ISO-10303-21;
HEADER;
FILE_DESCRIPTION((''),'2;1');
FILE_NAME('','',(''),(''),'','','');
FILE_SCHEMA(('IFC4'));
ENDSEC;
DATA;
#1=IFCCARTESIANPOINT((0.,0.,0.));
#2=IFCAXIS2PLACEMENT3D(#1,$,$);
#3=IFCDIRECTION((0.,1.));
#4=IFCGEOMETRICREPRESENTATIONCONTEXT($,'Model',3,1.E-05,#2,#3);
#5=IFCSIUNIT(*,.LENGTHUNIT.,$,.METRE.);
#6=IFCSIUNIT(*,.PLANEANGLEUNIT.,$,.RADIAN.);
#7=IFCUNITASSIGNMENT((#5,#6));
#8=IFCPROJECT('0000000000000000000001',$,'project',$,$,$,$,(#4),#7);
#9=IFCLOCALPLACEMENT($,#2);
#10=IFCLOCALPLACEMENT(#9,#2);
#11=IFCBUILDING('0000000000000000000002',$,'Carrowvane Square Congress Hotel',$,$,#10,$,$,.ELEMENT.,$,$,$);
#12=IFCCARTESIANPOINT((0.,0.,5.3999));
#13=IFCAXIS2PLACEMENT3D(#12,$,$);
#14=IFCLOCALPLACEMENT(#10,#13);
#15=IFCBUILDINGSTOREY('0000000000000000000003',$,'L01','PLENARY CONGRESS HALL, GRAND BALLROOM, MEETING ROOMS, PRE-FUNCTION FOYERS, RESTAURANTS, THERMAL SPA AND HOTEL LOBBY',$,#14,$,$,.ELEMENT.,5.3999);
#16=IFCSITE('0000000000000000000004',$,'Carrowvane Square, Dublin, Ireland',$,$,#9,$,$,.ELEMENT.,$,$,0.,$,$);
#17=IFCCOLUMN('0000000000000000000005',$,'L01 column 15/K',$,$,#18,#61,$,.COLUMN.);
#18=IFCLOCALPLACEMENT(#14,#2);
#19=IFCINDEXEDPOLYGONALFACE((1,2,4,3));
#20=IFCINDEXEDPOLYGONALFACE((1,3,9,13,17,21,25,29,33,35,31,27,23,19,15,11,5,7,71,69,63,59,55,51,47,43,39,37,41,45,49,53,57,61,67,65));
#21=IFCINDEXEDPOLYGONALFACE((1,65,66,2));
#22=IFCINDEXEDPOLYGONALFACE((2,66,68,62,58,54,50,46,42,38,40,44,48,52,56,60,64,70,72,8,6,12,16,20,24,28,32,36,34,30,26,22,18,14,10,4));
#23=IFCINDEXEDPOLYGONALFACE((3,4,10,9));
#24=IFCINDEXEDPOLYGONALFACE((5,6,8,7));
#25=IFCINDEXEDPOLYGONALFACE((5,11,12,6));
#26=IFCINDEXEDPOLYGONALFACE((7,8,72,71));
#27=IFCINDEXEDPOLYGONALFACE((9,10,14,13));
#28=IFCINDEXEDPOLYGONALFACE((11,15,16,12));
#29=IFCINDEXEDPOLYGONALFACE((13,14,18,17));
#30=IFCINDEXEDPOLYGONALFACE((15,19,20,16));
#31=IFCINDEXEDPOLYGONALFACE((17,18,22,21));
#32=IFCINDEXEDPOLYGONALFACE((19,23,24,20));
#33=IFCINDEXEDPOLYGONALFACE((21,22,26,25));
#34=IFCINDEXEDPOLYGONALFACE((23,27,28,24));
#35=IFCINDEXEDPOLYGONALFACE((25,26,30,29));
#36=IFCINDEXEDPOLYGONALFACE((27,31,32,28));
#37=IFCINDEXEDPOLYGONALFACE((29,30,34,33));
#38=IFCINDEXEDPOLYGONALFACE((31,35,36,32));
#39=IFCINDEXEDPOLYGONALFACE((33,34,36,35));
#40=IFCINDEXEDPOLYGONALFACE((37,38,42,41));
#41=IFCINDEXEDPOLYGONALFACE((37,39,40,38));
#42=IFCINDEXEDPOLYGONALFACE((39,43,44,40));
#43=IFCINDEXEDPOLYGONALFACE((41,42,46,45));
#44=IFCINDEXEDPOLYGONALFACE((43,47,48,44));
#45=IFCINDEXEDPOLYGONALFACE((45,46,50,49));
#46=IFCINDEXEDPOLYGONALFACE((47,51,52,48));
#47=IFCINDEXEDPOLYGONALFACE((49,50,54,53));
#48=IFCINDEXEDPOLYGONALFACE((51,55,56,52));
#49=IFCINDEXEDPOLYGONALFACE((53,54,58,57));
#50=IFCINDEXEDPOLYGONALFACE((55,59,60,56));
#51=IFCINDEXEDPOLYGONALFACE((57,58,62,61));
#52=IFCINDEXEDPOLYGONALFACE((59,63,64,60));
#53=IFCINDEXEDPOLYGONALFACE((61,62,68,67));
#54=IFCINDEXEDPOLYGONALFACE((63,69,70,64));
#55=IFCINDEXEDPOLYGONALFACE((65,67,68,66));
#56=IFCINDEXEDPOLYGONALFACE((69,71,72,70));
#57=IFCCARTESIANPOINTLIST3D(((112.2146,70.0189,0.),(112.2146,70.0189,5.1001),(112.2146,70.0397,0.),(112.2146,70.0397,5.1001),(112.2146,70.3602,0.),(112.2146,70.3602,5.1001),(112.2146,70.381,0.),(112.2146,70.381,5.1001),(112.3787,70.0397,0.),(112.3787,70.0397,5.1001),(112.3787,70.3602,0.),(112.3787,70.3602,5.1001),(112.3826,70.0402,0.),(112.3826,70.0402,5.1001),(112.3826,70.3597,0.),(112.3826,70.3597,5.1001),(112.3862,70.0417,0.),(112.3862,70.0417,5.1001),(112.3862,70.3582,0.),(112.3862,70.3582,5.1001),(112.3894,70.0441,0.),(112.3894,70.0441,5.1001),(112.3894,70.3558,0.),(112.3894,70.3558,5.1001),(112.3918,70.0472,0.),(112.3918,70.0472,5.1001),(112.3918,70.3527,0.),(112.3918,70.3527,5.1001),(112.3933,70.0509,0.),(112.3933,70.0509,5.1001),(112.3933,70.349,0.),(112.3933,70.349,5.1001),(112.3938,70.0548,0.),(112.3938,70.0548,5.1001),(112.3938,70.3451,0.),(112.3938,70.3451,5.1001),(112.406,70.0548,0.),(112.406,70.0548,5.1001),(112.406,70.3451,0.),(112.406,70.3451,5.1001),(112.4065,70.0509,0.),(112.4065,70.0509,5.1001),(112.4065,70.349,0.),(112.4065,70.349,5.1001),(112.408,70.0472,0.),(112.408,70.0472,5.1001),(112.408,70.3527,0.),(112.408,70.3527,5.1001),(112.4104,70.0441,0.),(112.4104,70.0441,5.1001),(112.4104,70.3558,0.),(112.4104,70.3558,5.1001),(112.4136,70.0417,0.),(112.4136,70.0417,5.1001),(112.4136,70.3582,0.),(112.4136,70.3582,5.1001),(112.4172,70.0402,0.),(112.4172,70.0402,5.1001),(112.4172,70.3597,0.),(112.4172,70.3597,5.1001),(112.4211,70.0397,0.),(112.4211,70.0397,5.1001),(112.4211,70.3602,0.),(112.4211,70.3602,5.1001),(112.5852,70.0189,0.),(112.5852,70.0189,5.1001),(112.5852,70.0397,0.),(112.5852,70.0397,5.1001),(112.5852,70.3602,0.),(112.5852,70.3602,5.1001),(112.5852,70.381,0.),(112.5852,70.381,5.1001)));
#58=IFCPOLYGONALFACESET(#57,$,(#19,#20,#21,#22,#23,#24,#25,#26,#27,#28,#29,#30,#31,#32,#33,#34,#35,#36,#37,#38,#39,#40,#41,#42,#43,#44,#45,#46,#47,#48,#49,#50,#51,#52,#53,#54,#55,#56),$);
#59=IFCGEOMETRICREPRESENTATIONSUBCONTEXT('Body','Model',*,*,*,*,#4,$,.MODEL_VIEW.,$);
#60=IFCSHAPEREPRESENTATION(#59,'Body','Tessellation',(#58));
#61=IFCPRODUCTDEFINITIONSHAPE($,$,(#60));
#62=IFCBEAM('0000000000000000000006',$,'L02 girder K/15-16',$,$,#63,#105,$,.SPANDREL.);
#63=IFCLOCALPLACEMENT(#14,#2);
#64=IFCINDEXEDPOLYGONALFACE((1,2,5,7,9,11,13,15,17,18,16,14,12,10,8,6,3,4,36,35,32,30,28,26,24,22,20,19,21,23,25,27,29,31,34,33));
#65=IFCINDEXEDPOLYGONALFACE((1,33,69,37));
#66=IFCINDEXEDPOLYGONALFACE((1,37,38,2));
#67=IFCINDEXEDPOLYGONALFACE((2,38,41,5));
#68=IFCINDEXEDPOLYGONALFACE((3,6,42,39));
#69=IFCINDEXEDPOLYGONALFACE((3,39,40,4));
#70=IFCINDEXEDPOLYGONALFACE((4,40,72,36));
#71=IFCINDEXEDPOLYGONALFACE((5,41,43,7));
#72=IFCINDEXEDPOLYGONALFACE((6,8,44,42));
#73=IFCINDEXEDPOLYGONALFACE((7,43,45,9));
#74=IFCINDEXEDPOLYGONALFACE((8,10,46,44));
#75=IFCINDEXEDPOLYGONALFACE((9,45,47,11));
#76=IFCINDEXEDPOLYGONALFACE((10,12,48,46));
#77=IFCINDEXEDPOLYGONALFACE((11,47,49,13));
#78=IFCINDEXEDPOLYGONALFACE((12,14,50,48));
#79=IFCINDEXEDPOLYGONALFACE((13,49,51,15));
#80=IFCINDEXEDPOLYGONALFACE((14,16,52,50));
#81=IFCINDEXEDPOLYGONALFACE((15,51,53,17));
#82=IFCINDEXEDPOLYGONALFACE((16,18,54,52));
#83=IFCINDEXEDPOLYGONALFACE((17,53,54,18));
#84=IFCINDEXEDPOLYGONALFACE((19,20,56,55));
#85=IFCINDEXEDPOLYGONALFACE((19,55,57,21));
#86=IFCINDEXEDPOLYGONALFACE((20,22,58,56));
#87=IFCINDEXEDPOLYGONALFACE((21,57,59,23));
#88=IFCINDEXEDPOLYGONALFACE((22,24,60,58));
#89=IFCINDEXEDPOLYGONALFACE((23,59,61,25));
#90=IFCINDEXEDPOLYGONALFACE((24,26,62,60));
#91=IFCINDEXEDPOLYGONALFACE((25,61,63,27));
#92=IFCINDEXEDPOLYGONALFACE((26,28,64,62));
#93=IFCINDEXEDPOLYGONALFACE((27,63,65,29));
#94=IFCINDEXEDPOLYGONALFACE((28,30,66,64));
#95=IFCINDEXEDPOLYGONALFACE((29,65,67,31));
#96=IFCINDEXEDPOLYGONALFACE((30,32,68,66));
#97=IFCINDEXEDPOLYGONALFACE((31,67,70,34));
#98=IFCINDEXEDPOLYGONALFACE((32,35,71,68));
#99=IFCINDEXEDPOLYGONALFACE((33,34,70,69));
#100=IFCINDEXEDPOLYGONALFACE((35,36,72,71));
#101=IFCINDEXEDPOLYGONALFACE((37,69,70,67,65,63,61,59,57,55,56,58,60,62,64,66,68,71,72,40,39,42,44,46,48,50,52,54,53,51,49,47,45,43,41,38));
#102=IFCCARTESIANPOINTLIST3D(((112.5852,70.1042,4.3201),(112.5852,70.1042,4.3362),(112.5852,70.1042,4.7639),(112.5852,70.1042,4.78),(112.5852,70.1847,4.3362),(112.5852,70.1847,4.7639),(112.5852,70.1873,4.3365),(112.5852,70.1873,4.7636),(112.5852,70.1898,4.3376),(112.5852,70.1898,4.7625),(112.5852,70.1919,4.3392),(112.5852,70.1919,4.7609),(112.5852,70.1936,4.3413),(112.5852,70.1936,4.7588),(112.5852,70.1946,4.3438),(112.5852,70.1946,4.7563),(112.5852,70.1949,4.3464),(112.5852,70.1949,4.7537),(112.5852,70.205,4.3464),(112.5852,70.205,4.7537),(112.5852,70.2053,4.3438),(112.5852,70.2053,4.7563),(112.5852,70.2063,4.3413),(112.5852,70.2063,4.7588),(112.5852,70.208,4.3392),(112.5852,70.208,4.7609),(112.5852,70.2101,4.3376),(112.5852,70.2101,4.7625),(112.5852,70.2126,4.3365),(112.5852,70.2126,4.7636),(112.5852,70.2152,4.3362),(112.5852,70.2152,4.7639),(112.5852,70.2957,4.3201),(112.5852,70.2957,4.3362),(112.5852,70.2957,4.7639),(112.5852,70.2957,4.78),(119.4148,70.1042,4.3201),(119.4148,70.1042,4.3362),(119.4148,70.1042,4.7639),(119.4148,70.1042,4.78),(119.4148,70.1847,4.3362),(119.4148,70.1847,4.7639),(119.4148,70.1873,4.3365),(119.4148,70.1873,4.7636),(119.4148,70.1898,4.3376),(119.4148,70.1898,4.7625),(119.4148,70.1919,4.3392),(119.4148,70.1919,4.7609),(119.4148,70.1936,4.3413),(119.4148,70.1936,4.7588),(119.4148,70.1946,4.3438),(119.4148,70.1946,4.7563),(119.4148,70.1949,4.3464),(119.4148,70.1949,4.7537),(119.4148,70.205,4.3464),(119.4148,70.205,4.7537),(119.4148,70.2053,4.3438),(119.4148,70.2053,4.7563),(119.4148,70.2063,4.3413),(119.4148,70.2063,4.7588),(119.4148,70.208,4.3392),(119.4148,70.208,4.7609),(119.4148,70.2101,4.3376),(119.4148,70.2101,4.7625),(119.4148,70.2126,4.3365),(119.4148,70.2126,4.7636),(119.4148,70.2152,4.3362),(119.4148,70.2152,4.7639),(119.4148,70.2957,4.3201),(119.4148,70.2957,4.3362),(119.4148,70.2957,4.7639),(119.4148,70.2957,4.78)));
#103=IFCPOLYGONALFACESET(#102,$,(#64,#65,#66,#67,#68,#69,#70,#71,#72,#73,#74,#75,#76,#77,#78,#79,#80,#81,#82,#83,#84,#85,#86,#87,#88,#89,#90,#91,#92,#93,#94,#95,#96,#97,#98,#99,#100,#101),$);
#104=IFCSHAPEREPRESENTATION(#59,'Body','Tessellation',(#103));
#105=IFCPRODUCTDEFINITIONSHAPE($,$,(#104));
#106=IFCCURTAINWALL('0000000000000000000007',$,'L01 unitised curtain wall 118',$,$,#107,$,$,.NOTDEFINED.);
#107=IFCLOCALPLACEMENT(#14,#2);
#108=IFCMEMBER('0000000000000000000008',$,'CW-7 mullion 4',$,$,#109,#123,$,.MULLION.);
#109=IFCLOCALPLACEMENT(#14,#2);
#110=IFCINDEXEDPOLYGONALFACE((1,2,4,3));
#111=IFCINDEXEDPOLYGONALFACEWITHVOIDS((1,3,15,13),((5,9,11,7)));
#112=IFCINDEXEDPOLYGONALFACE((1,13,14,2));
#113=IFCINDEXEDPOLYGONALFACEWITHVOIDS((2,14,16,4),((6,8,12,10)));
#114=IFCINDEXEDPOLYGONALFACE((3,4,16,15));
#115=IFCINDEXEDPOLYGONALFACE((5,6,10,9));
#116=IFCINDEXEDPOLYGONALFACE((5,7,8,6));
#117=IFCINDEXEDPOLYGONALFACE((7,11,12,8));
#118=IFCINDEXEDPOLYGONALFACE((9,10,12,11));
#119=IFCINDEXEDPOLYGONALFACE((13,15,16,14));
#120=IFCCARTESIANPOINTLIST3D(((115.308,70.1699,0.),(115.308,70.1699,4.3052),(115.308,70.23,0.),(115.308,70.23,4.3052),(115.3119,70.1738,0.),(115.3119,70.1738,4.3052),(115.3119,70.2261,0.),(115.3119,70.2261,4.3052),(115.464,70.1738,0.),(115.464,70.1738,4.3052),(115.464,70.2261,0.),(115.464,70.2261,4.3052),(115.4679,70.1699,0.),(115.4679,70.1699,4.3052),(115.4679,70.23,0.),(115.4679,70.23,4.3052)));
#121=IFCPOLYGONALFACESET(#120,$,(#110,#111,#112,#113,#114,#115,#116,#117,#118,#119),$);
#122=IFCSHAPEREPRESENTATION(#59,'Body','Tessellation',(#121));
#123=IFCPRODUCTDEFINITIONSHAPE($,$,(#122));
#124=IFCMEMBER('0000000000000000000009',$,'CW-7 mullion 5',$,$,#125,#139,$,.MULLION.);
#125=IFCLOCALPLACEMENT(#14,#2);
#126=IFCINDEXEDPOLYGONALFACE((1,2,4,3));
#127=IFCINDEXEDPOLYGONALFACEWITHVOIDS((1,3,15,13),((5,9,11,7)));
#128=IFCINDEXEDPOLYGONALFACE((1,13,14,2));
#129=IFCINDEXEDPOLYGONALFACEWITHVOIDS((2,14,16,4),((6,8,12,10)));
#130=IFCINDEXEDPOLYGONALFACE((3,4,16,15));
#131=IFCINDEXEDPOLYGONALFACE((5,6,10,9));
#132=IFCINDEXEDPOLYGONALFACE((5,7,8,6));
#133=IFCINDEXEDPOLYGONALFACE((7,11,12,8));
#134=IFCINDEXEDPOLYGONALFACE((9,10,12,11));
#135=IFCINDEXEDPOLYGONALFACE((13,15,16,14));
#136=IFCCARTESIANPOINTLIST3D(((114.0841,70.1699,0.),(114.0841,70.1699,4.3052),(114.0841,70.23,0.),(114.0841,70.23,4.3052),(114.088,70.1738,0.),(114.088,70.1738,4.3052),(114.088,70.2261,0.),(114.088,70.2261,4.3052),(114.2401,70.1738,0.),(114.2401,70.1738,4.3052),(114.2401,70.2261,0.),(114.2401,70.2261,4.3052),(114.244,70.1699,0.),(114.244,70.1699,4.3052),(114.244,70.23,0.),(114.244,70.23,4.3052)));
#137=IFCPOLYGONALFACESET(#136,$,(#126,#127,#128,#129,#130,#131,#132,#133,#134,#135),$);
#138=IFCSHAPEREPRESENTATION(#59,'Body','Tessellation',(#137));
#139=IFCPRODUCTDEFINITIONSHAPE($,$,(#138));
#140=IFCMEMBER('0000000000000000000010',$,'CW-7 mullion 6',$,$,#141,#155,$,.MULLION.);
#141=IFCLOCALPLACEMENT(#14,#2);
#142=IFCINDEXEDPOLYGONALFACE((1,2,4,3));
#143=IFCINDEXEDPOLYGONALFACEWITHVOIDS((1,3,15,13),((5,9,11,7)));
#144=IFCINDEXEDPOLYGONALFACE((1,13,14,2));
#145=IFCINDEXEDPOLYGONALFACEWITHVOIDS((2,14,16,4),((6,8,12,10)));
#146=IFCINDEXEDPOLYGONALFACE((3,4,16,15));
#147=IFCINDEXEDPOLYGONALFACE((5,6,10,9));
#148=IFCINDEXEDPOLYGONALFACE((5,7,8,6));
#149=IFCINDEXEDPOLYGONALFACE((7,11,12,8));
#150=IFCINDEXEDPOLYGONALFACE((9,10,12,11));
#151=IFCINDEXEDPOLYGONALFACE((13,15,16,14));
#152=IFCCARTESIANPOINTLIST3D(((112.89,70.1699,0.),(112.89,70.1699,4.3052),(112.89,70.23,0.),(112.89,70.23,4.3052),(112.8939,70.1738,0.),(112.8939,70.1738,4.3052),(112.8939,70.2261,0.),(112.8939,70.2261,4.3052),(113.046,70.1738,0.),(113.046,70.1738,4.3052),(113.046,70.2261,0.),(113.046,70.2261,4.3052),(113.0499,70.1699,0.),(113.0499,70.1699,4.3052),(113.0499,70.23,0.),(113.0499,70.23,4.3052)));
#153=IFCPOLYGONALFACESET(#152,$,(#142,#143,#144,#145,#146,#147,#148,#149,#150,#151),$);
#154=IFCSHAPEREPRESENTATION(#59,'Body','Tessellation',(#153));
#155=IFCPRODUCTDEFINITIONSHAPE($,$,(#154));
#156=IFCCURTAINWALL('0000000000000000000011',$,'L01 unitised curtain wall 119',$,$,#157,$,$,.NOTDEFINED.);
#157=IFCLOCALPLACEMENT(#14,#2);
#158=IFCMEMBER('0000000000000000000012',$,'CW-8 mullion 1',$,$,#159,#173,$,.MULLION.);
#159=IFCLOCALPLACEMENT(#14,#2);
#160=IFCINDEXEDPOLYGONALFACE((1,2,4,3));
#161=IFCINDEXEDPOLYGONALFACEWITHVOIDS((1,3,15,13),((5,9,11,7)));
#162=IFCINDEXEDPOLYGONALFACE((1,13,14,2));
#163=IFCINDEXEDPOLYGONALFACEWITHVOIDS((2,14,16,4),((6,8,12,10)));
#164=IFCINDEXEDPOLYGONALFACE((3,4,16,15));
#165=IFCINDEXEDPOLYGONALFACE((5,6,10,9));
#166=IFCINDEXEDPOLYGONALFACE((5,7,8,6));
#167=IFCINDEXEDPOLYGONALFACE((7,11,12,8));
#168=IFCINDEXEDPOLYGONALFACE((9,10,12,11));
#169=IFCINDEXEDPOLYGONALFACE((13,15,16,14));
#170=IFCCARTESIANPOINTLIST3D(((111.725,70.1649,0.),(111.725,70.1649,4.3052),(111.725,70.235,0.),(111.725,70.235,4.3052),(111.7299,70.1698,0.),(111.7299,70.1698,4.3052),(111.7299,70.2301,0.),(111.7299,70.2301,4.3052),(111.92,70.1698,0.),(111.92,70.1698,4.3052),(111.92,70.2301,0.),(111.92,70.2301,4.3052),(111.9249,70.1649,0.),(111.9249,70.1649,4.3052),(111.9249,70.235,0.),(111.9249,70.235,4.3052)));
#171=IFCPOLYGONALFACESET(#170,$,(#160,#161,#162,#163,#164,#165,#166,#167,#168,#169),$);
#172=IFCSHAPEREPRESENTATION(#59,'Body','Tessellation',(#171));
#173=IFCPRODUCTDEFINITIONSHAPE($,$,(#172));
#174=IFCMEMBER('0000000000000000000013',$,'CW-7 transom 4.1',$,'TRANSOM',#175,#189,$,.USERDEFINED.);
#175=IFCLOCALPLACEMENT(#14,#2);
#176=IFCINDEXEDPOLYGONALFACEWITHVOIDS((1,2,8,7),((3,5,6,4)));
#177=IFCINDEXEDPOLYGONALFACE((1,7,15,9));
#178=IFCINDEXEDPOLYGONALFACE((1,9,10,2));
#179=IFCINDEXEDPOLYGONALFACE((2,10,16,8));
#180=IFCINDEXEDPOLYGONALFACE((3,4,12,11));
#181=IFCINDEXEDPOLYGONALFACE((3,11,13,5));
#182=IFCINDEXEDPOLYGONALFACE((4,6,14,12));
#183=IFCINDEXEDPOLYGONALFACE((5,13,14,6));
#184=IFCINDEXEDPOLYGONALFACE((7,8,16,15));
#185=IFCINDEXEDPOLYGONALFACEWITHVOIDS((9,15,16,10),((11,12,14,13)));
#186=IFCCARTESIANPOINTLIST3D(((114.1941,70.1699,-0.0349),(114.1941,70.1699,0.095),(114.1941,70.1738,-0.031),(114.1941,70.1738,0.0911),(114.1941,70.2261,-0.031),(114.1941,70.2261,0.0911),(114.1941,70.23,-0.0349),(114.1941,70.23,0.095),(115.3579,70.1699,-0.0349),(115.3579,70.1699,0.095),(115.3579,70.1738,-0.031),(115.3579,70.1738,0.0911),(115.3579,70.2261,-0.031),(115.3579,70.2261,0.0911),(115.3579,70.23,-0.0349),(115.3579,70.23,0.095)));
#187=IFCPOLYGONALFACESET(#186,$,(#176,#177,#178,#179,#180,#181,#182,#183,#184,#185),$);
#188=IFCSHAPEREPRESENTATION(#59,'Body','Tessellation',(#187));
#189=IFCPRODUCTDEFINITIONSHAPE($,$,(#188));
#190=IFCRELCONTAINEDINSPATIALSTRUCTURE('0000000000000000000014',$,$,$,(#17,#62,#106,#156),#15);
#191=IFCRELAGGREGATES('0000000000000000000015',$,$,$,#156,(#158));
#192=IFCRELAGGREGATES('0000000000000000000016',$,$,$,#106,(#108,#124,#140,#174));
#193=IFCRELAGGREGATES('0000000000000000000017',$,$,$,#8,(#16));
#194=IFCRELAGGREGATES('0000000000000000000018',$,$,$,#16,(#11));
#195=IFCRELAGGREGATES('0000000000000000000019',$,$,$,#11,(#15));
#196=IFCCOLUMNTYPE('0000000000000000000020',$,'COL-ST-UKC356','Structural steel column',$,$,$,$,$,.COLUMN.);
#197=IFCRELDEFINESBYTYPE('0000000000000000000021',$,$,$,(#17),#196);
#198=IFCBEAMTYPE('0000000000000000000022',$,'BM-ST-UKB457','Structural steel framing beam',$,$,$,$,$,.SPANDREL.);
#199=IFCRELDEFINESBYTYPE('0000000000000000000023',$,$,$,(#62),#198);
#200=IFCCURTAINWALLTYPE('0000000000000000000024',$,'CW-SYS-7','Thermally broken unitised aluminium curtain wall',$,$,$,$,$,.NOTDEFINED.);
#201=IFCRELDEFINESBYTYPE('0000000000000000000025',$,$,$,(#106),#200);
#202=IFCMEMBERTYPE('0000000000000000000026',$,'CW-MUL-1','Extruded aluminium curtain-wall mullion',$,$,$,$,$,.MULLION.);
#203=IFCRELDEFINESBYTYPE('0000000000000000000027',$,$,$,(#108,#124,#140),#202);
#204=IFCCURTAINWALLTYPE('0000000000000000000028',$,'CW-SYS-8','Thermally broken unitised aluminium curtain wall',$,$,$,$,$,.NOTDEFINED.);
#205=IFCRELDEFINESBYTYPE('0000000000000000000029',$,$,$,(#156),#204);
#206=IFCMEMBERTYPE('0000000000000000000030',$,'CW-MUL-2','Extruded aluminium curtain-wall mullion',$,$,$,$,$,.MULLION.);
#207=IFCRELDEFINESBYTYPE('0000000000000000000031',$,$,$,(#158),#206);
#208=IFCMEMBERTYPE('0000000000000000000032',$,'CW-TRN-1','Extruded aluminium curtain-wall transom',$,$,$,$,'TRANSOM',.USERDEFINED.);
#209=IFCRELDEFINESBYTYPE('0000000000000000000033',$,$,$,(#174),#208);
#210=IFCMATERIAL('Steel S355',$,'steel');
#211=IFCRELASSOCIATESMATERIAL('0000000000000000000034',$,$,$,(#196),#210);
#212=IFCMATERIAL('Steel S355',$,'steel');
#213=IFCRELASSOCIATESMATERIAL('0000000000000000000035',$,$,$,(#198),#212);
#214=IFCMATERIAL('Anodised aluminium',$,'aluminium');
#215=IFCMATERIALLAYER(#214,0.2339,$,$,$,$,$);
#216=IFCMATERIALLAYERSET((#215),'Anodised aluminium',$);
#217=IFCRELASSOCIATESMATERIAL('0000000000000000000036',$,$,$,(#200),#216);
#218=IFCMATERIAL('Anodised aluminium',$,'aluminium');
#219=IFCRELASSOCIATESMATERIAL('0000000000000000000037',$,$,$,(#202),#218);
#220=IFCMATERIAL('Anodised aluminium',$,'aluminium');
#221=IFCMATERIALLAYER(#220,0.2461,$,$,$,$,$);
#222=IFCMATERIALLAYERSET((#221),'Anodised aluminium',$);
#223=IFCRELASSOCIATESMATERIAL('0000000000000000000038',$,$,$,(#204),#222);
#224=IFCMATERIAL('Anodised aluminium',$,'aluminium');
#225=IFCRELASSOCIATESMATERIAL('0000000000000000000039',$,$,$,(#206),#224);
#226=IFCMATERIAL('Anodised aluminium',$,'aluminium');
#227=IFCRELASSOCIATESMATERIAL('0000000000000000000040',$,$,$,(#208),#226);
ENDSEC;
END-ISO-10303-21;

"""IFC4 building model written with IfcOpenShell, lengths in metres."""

from ifc_helpers import new_model, si_unit, direction, frame, origin, origin_2d, place, context, subcontext, project, spatial, hollow_rectangle, i_section, extrude, material, layer, layer_set, material_profile, profile_set, type_object, element, aggregate, save


model = new_model("IFC4")

# Units and contexts
model_context = context("Model", 3, precision=1e-05, world=origin(), true_north=direction((0.0, 1.0)))
body_context = subcontext(model_context, "Body", "Model", "MODEL_VIEW")
ifc_project = project(units=[si_unit("LENGTHUNIT", "METRE"), si_unit("PLANEANGLEUNIT", "RADIAN")], contexts=[model_context])

# Site, building, storey
site_placement = place(None, origin())
site = spatial("IfcSite", under=ifc_project, at=site_placement, Name="Carrowvane Square, Dublin, Ireland", CompositionType="ELEMENT", RefElevation=0.0)
building_placement = place(site_placement, origin())
building = spatial("IfcBuilding", under=site, at=building_placement, Name="Carrowvane Square Congress Hotel", CompositionType="ELEMENT")
storey_placement = place(building_placement, frame((0.0, 0.0, 5.3999)))
storey = spatial("IfcBuildingStorey", under=building, at=storey_placement, Name="L01", Description="PLENARY CONGRESS HALL, GRAND BALLROOM, MEETING ROOMS, PRE-FUNCTION FOYERS, RESTAURANTS, THERMAL SPA AND HOTEL LOBBY", CompositionType="ELEMENT", Elevation=5.3999)

# Column
ifc_material_1 = material(Name="Steel S355", Category="steel")
ifc_material_profile_1 = material_profile(ifc_material_1, i_section(OverallWidth=0.3706, OverallDepth=0.3621, WebThickness=0.0122, FlangeThickness=0.0208, FilletRadius=0.0151, at=origin_2d()), Name="UKC 356x368x153")
ifc_profile_set_1 = profile_set([ifc_material_profile_1], Name="Steel S355")
column_type = type_object("IfcColumnType", Name="COL-ST-UKC356", Description="Structural steel column", PredefinedType="COLUMN", material=ifc_profile_set_1)
column_placement = place(storey_placement, frame((112.3999, 70.2, 0.0), z_axis=(0.0, 0.0, 1.0), x_axis=(1.0, 0.0, 0.0)))
element("IfcColumn", 1, at=column_placement, inside=storey, type_object=column_type, Name="L01 column 15/K", PredefinedType="COLUMN", context=body_context, shape_type="SweptSolid", body=[
    extrude(i_section(OverallWidth=0.3706, OverallDepth=0.3621, WebThickness=0.0122, FlangeThickness=0.0208, FilletRadius=0.0151, at=origin_2d()), origin(), (0.0, 0.0, 1.0), 5.1001),
])

# Beam
ifc_material_2 = material(Name="Steel S355", Category="steel")
ifc_material_profile_2 = material_profile(ifc_material_2, i_section(OverallWidth=0.1914, OverallDepth=0.46, WebThickness=0.01, FlangeThickness=0.0161, FilletRadius=0.0103, at=origin_2d()), Name="UKB 457x191x82")
ifc_profile_set_2 = profile_set([ifc_material_profile_2], Name="Steel S355")
beam_type = type_object("IfcBeamType", Name="BM-ST-UKB457", Description="Structural steel framing beam", PredefinedType="SPANDREL", material=ifc_profile_set_2)
beam_placement = place(storey_placement, frame((112.5852, 70.2, 4.55), z_axis=(1.0, 0.0, 0.0), x_axis=(0.0, 1.0, 0.0)))
element("IfcBeam", 2, at=beam_placement, inside=storey, type_object=beam_type, Name="L02 girder K/15-16", PredefinedType="SPANDREL", context=body_context, shape_type="SweptSolid", body=[
    extrude(i_section(OverallWidth=0.1914, OverallDepth=0.46, WebThickness=0.01, FlangeThickness=0.0161, FilletRadius=0.0103, at=origin_2d()), origin(), (0.0, 0.0, 1.0), 6.8296),
])

# Curtain wall, members
ifc_material_3 = material(Name="Anodised aluminium", Category="aluminium")
ifc_layer_1 = layer(ifc_material_3, 0.2339)
ifc_layer_set_1 = layer_set([ifc_layer_1], Name="Anodised aluminium")
curtain_wall_type_1 = type_object("IfcCurtainWallType", Name="CW-SYS-7", Description="Thermally broken unitised aluminium curtain wall", PredefinedType="NOTDEFINED", material=ifc_layer_set_1)
curtain_wall_1_placement = place(storey_placement, origin())
curtain_wall_1 = element("IfcCurtainWall", 3, at=curtain_wall_1_placement, inside=storey, type_object=curtain_wall_type_1, Name="L01 unitised curtain wall 118", PredefinedType="NOTDEFINED")
ifc_material_4 = material(Name="Anodised aluminium", Category="aluminium")
ifc_material_profile_3 = material_profile(ifc_material_4, hollow_rectangle(XDim=0.0601, YDim=0.1599, WallThickness=0.0039, at=origin_2d()), Name="CW-ML 60x160x4")
ifc_profile_set_3 = profile_set([ifc_material_profile_3], Name="Anodised aluminium")
member_type_1 = type_object("IfcMemberType", Name="CW-MUL-1", Description="Extruded aluminium curtain-wall mullion", PredefinedType="MULLION", material=ifc_profile_set_3)
member_1_placement = place(storey_placement, frame((115.3879, 70.2, 0.0), z_axis=(0.0, 0.0, 1.0), x_axis=(0.0, -1.0, 0.0)))
member_1 = element("IfcMember", 4, at=member_1_placement, type_object=member_type_1, Name="CW-7 mullion 4", PredefinedType="MULLION", context=body_context, shape_type="SweptSolid", body=[
    extrude(hollow_rectangle(XDim=0.0601, YDim=0.1599, WallThickness=0.0039, at=origin_2d()), origin(), (0.0, 0.0, 1.0), 4.3052),
])
member_2_placement = place(storey_placement, frame((114.1641, 70.2, 0.0), z_axis=(0.0, 0.0, 1.0), x_axis=(0.0, -1.0, 0.0)))
member_2 = element("IfcMember", 5, at=member_2_placement, type_object=member_type_1, Name="CW-7 mullion 5", PredefinedType="MULLION", context=body_context, shape_type="SweptSolid", body=[
    extrude(hollow_rectangle(XDim=0.0601, YDim=0.1599, WallThickness=0.0039, at=origin_2d()), origin(), (0.0, 0.0, 1.0), 4.3052),
])
member_3_placement = place(storey_placement, frame((112.97, 70.2, 0.0), z_axis=(0.0, 0.0, 1.0), x_axis=(0.0, -1.0, 0.0)))
member_3 = element("IfcMember", 6, at=member_3_placement, type_object=member_type_1, Name="CW-7 mullion 6", PredefinedType="MULLION", context=body_context, shape_type="SweptSolid", body=[
    extrude(hollow_rectangle(XDim=0.0601, YDim=0.1599, WallThickness=0.0039, at=origin_2d()), origin(), (0.0, 0.0, 1.0), 4.3052),
])

# Curtain wall, member
ifc_material_5 = material(Name="Anodised aluminium", Category="aluminium")
ifc_layer_2 = layer(ifc_material_5, 0.2461)
ifc_layer_set_2 = layer_set([ifc_layer_2], Name="Anodised aluminium")
curtain_wall_type_2 = type_object("IfcCurtainWallType", Name="CW-SYS-8", Description="Thermally broken unitised aluminium curtain wall", PredefinedType="NOTDEFINED", material=ifc_layer_set_2)
curtain_wall_2_placement = place(storey_placement, origin())
curtain_wall_2 = element("IfcCurtainWall", 7, at=curtain_wall_2_placement, inside=storey, type_object=curtain_wall_type_2, Name="L01 unitised curtain wall 119", PredefinedType="NOTDEFINED")
ifc_material_6 = material(Name="Anodised aluminium", Category="aluminium")
ifc_material_profile_4 = material_profile(ifc_material_6, hollow_rectangle(XDim=0.0701, YDim=0.2, WallThickness=0.0049, at=origin_2d()), Name="CW-ML 70x200x5")
ifc_profile_set_4 = profile_set([ifc_material_profile_4], Name="Anodised aluminium")
member_type_2 = type_object("IfcMemberType", Name="CW-MUL-2", Description="Extruded aluminium curtain-wall mullion", PredefinedType="MULLION", material=ifc_profile_set_4)
member_4_placement = place(storey_placement, frame((111.825, 70.2, 0.0), z_axis=(0.0, 0.0, 1.0), x_axis=(0.0, -1.0, 0.0)))
member_4 = element("IfcMember", 8, at=member_4_placement, type_object=member_type_2, Name="CW-8 mullion 1", PredefinedType="MULLION", context=body_context, shape_type="SweptSolid", body=[
    extrude(hollow_rectangle(XDim=0.0701, YDim=0.2, WallThickness=0.0049, at=origin_2d()), origin(), (0.0, 0.0, 1.0), 4.3052),
])
aggregate(curtain_wall_2, [member_4])

# Member
ifc_material_7 = material(Name="Anodised aluminium", Category="aluminium")
ifc_material_profile_5 = material_profile(ifc_material_7, hollow_rectangle(XDim=0.0601, YDim=0.1299, WallThickness=0.0039, at=origin_2d()), Name="CW-TR 60x130x4")
ifc_profile_set_5 = profile_set([ifc_material_profile_5], Name="Anodised aluminium")
member_type_3 = type_object("IfcMemberType", Name="CW-TRN-1", Description="Extruded aluminium curtain-wall transom", ElementType="TRANSOM", PredefinedType="USERDEFINED", material=ifc_profile_set_5)
member_5_placement = place(storey_placement, frame((115.3579, 70.2, 0.03), z_axis=(-1.0, 0.0, 0.0), x_axis=(0.0, -1.0, 0.0)))
member_5 = element("IfcMember", 9, at=member_5_placement, type_object=member_type_3, Name="CW-7 transom 4.1", ObjectType="TRANSOM", PredefinedType="USERDEFINED", context=body_context, shape_type="SweptSolid", body=[
    extrude(hollow_rectangle(XDim=0.0601, YDim=0.1299, WallThickness=0.0039, at=origin_2d()), origin(), (0.0, 0.0, 1.0), 1.1638),
])

aggregate(curtain_wall_1, [member_1, member_2, member_3, member_5])

save(model, "model.ifc")
